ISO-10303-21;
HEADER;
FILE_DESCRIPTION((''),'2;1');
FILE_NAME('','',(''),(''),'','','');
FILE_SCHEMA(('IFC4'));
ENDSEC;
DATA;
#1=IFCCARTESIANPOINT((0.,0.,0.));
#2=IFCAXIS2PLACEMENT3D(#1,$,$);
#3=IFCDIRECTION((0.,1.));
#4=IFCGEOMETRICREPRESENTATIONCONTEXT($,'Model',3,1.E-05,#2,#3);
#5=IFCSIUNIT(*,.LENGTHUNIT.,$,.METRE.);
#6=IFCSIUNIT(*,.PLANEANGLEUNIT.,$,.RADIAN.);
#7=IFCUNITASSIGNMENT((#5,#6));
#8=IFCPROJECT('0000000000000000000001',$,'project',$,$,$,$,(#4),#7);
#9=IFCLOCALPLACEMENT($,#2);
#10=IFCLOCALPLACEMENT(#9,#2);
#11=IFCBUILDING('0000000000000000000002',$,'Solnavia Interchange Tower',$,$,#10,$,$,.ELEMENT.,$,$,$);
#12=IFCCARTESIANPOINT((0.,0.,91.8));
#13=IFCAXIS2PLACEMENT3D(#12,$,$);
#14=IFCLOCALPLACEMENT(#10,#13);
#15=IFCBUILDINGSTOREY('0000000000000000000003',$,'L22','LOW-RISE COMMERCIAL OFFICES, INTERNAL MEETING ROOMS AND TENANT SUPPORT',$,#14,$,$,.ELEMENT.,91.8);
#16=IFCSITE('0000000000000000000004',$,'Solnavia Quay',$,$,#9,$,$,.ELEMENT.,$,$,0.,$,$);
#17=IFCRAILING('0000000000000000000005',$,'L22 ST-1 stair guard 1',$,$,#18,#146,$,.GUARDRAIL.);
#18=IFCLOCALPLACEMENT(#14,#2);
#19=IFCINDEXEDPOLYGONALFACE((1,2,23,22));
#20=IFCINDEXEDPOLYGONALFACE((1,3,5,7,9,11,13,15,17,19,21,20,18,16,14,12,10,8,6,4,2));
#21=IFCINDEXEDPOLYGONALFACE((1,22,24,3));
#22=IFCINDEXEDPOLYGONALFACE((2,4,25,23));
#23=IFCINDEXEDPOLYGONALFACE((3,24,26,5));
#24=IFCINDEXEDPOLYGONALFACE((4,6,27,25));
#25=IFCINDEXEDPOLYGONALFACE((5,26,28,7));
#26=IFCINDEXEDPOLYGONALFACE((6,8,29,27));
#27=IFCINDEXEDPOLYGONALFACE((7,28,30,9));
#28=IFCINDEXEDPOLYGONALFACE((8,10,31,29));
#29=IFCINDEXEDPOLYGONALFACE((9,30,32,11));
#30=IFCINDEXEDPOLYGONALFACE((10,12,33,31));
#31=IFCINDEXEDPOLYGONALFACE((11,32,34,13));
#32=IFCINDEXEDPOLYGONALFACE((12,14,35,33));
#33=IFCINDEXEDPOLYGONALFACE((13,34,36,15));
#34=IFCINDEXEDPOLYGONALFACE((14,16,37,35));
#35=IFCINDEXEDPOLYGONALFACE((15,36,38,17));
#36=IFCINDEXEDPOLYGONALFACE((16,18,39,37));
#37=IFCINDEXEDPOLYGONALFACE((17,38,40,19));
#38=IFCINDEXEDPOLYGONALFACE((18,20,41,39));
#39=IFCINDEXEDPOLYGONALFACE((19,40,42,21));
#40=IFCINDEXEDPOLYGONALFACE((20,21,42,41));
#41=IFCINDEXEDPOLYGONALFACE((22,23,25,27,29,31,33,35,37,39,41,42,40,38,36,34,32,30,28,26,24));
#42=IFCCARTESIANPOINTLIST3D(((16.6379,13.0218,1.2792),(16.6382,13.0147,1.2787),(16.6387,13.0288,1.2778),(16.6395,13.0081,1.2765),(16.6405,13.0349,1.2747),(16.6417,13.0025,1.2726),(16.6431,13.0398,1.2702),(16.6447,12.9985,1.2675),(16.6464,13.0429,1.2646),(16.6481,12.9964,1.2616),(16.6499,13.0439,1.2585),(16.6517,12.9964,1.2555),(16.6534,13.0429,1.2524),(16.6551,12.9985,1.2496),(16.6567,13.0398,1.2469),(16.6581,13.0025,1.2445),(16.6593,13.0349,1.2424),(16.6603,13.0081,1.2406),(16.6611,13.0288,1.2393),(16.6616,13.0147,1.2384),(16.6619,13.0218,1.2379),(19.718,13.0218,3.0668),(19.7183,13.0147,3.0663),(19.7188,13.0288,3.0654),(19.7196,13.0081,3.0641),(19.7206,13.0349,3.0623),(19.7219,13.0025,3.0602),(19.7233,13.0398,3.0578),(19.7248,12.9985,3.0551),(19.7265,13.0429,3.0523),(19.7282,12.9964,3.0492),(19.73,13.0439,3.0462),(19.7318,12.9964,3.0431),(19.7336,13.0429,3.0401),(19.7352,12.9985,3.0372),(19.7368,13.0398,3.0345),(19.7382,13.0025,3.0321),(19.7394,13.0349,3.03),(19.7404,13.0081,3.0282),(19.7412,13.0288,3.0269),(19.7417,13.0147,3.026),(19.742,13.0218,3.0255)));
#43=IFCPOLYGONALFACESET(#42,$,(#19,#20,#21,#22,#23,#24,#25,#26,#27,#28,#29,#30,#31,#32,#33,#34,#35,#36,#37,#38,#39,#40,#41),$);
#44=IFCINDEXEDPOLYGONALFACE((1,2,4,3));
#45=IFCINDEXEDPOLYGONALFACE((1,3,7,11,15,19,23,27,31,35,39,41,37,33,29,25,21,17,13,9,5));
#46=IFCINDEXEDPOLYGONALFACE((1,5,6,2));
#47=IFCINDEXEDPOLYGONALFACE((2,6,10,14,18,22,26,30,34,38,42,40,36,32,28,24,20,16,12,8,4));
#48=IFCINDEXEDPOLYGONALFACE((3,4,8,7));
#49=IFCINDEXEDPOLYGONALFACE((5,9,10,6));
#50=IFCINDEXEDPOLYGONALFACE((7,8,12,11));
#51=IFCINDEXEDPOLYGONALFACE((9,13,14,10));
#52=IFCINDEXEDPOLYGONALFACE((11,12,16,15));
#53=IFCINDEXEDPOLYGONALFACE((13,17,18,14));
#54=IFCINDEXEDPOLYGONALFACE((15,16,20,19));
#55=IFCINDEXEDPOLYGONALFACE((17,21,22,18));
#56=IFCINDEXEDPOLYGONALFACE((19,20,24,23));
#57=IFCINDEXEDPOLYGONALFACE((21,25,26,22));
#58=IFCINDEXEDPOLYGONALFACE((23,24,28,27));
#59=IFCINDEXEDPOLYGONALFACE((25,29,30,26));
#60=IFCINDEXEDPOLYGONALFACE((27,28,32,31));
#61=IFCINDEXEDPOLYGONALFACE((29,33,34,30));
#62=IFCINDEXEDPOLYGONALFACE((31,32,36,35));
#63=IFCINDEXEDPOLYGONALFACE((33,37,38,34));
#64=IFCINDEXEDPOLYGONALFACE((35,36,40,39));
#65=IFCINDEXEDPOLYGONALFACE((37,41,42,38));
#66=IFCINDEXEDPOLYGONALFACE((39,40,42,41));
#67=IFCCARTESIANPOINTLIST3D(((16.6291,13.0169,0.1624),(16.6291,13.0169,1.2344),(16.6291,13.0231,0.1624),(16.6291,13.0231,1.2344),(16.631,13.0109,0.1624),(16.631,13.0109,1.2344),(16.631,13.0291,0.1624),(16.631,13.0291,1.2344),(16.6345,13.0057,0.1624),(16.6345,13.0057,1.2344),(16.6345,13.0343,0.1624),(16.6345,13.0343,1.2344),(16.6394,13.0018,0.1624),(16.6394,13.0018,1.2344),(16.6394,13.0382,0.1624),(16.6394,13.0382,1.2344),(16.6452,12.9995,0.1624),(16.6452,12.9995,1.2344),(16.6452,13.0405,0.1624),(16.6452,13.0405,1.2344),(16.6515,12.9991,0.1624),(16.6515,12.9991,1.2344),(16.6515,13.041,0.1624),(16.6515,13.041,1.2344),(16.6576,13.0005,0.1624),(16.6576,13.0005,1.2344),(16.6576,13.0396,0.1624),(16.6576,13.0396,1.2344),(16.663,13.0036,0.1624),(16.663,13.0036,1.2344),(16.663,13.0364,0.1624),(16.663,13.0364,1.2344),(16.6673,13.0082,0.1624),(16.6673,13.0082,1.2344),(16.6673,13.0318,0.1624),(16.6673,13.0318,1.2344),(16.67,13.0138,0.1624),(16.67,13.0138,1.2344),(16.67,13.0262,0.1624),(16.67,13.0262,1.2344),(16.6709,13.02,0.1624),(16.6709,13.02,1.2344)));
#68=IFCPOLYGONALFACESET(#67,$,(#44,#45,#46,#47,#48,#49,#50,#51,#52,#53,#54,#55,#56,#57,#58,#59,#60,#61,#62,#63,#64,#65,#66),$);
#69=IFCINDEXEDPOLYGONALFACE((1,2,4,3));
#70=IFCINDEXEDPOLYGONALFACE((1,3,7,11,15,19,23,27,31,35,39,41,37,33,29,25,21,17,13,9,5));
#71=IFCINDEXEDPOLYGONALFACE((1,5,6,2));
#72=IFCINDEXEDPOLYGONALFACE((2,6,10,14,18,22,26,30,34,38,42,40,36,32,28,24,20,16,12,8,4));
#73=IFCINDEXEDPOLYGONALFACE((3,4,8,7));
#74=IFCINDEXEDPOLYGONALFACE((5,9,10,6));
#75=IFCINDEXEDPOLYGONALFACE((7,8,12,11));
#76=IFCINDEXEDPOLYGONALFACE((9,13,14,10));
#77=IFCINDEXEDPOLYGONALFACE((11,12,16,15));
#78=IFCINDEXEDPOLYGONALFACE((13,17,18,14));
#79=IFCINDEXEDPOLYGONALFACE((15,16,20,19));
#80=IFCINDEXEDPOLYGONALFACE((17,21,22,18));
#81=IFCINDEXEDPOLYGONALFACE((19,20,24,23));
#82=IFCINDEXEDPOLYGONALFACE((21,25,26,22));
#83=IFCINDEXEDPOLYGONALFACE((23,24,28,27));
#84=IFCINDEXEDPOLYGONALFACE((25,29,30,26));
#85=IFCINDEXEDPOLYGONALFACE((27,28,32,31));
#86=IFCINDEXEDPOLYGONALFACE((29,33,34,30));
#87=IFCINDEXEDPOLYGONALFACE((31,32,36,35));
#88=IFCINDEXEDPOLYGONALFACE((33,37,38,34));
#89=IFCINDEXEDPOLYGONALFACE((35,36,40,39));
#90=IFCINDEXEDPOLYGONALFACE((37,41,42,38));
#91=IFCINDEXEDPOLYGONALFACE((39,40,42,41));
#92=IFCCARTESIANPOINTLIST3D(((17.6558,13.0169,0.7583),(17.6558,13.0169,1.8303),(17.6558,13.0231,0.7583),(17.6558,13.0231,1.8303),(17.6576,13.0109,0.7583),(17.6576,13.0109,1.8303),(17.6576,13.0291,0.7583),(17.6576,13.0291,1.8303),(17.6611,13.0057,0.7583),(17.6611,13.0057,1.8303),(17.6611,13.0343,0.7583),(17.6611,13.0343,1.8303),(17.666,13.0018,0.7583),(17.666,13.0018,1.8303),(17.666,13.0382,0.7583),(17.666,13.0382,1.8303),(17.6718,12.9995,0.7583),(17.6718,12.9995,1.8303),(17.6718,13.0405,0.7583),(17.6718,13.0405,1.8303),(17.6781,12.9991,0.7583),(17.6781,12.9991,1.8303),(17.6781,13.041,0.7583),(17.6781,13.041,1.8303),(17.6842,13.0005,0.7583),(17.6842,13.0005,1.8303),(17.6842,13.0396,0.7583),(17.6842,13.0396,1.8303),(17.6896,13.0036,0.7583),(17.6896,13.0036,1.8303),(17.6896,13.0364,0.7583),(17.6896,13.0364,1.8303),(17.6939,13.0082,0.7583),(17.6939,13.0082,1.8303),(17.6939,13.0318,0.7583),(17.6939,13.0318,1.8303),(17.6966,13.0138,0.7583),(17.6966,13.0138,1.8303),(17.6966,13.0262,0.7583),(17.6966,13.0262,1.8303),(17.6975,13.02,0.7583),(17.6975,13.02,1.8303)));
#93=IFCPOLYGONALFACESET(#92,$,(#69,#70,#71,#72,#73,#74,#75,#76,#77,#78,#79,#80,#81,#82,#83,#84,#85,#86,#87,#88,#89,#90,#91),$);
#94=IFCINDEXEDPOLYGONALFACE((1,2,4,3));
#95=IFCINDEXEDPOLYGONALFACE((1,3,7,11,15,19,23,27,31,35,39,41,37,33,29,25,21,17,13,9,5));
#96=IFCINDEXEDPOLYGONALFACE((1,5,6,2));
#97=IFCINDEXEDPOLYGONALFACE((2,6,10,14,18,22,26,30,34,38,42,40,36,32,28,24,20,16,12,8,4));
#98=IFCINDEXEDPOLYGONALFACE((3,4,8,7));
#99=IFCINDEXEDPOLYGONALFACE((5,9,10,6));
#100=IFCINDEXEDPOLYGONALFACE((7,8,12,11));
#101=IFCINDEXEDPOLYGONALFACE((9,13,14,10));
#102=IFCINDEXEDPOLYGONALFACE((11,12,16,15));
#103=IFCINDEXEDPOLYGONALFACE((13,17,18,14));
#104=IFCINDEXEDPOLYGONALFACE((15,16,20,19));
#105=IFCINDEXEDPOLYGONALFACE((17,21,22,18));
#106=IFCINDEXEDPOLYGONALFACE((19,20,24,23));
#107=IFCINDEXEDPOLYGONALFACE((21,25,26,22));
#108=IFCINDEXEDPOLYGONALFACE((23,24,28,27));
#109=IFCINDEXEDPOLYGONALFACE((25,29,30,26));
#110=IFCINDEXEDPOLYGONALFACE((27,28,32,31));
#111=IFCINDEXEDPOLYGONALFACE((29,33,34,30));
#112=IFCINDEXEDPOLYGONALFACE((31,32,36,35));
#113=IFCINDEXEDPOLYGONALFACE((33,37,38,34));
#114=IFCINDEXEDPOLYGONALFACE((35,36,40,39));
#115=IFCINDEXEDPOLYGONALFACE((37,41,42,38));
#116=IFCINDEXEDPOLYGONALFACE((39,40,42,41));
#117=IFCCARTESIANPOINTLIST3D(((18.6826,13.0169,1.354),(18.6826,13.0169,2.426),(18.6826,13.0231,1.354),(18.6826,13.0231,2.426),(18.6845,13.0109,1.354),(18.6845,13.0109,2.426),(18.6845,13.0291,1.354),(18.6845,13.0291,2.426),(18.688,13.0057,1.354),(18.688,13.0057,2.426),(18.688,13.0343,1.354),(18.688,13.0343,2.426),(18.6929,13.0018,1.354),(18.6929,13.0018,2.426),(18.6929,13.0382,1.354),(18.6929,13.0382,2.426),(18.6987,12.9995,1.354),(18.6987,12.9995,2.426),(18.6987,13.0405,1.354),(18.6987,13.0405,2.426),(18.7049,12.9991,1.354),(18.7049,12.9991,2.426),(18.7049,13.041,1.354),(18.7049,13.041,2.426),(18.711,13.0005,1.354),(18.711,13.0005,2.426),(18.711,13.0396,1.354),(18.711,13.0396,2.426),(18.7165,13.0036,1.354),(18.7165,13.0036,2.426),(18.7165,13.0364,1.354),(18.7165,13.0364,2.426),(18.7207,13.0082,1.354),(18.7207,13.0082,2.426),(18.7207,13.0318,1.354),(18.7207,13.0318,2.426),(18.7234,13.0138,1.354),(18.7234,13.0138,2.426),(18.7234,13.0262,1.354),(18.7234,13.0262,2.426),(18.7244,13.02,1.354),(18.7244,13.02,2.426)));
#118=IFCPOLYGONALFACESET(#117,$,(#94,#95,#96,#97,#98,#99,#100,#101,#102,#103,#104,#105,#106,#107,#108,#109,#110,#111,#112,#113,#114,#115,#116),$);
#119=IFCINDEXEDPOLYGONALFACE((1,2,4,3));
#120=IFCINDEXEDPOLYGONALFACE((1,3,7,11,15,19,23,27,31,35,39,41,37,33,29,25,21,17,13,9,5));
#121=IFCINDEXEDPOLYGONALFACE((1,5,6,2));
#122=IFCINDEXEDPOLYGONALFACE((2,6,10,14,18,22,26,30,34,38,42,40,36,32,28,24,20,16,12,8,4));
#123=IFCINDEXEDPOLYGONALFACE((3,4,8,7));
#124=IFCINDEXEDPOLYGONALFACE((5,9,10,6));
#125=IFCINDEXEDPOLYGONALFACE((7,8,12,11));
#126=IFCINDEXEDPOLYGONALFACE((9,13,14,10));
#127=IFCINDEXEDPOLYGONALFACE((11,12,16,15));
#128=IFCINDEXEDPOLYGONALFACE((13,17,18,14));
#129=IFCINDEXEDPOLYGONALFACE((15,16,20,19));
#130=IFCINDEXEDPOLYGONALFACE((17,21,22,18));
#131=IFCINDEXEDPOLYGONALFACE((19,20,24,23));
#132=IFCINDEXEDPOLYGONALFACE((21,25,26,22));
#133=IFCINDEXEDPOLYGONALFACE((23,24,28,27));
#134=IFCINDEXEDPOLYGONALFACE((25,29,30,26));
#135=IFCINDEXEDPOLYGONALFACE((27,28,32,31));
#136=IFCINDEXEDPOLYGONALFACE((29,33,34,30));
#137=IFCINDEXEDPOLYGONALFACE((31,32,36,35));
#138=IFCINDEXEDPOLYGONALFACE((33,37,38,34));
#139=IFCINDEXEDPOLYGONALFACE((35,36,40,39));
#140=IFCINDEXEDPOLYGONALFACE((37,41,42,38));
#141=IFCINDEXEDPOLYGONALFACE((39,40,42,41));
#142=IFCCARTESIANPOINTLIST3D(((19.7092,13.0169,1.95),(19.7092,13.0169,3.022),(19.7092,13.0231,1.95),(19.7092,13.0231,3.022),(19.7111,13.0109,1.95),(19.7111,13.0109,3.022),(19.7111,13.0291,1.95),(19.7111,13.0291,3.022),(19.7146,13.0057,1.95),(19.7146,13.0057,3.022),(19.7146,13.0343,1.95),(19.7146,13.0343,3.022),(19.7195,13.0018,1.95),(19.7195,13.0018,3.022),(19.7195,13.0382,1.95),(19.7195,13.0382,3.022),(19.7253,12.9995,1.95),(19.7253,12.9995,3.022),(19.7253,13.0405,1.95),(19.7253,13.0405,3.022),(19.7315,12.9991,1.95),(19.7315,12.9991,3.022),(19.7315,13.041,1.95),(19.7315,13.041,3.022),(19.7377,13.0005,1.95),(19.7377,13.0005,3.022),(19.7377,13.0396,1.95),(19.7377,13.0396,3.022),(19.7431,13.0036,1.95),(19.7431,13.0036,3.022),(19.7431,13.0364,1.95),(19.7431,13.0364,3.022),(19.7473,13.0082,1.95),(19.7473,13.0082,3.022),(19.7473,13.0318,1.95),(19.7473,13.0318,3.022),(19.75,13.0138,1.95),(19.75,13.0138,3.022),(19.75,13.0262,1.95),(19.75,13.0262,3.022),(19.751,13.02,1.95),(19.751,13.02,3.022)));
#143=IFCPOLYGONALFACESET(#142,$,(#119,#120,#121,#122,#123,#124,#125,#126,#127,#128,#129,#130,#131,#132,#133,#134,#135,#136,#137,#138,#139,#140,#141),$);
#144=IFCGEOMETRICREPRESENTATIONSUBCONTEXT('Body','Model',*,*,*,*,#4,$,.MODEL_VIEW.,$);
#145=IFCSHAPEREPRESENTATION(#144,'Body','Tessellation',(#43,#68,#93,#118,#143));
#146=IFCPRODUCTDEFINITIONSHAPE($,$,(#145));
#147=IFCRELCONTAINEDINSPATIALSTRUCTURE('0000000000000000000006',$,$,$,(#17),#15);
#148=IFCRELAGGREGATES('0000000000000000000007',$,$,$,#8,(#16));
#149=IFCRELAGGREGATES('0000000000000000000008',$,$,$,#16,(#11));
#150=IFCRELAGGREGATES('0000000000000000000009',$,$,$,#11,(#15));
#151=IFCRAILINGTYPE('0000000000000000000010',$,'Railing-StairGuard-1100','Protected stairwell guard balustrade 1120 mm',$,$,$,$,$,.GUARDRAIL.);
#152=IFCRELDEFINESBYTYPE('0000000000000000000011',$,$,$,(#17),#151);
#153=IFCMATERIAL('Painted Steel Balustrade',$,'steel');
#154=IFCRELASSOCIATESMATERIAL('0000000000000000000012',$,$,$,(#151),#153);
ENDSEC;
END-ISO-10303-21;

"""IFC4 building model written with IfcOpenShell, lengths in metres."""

from ifc_helpers import new_model, si_unit, direction, frame, origin, origin_2d, place, context, subcontext, project, spatial, circle, extrude, material, type_object, element, save


model = new_model("IFC4")

# Units and contexts
model_context = context("Model", 3, precision=1e-05, world=origin(), true_north=direction((0.0, 1.0)))
body_context = subcontext(model_context, "Body", "Model", "MODEL_VIEW")
ifc_project = project(units=[si_unit("LENGTHUNIT", "METRE"), si_unit("PLANEANGLEUNIT", "RADIAN")], contexts=[model_context])

# Site, building, storey
site_placement = place(None, origin())
site = spatial("IfcSite", under=ifc_project, at=site_placement, Name="Solnavia Quay", CompositionType="ELEMENT", RefElevation=0.0)
building_placement = place(site_placement, origin())
building = spatial("IfcBuilding", under=site, at=building_placement, Name="Solnavia Interchange Tower", CompositionType="ELEMENT")
storey_placement = place(building_placement, frame((0.0, 0.0, 91.8)))
storey = spatial("IfcBuildingStorey", under=building, at=storey_placement, Name="L22", Description="LOW-RISE COMMERCIAL OFFICES, INTERNAL MEETING ROOMS AND TENANT SUPPORT", CompositionType="ELEMENT", Elevation=91.8)

# Railing
ifc_material_1 = material(Name="Painted Steel Balustrade", Category="steel")
railing_type_1 = type_object("IfcRailingType", Name="Railing-StairGuard-1100", Description="Protected stairwell guard balustrade 1120 mm", PredefinedType="GUARDRAIL", material=ifc_material_1)
railing_1_placement = place(storey_placement, frame((16.6499, 13.02, 0.1624)))
element("IfcRailing", 1, at=railing_1_placement, inside=storey, type_object=railing_type_1, Name="L22 ST-1 stair guard 1", PredefinedType="GUARDRAIL", context=body_context, shape_type="SweptSolid", body=[
    extrude(circle(Radius=0.0239, at=origin_2d()), frame((0.0, 0.0, 1.0962), z_axis=(0.864891, 0.0, 0.50196), x_axis=(0.0, 1.0, 0.0)), (0.0, 0.0, 1.0), 3.5613),
    extrude(circle(Radius=0.021, at=origin_2d()), origin(), (0.0, 0.0, 1.0), 1.072),
    extrude(circle(Radius=0.021, at=origin_2d()), frame((1.0266, 0.0, 0.5959)), (0.0, 0.0, 1.0), 1.072),
    extrude(circle(Radius=0.021, at=origin_2d()), frame((2.0535, 0.0, 1.1917)), (0.0, 0.0, 1.0), 1.072),
    extrude(circle(Radius=0.021, at=origin_2d()), frame((3.0801, 0.0, 1.7876)), (0.0, 0.0, 1.0), 1.072),
])

save(model, "model.ifc")
